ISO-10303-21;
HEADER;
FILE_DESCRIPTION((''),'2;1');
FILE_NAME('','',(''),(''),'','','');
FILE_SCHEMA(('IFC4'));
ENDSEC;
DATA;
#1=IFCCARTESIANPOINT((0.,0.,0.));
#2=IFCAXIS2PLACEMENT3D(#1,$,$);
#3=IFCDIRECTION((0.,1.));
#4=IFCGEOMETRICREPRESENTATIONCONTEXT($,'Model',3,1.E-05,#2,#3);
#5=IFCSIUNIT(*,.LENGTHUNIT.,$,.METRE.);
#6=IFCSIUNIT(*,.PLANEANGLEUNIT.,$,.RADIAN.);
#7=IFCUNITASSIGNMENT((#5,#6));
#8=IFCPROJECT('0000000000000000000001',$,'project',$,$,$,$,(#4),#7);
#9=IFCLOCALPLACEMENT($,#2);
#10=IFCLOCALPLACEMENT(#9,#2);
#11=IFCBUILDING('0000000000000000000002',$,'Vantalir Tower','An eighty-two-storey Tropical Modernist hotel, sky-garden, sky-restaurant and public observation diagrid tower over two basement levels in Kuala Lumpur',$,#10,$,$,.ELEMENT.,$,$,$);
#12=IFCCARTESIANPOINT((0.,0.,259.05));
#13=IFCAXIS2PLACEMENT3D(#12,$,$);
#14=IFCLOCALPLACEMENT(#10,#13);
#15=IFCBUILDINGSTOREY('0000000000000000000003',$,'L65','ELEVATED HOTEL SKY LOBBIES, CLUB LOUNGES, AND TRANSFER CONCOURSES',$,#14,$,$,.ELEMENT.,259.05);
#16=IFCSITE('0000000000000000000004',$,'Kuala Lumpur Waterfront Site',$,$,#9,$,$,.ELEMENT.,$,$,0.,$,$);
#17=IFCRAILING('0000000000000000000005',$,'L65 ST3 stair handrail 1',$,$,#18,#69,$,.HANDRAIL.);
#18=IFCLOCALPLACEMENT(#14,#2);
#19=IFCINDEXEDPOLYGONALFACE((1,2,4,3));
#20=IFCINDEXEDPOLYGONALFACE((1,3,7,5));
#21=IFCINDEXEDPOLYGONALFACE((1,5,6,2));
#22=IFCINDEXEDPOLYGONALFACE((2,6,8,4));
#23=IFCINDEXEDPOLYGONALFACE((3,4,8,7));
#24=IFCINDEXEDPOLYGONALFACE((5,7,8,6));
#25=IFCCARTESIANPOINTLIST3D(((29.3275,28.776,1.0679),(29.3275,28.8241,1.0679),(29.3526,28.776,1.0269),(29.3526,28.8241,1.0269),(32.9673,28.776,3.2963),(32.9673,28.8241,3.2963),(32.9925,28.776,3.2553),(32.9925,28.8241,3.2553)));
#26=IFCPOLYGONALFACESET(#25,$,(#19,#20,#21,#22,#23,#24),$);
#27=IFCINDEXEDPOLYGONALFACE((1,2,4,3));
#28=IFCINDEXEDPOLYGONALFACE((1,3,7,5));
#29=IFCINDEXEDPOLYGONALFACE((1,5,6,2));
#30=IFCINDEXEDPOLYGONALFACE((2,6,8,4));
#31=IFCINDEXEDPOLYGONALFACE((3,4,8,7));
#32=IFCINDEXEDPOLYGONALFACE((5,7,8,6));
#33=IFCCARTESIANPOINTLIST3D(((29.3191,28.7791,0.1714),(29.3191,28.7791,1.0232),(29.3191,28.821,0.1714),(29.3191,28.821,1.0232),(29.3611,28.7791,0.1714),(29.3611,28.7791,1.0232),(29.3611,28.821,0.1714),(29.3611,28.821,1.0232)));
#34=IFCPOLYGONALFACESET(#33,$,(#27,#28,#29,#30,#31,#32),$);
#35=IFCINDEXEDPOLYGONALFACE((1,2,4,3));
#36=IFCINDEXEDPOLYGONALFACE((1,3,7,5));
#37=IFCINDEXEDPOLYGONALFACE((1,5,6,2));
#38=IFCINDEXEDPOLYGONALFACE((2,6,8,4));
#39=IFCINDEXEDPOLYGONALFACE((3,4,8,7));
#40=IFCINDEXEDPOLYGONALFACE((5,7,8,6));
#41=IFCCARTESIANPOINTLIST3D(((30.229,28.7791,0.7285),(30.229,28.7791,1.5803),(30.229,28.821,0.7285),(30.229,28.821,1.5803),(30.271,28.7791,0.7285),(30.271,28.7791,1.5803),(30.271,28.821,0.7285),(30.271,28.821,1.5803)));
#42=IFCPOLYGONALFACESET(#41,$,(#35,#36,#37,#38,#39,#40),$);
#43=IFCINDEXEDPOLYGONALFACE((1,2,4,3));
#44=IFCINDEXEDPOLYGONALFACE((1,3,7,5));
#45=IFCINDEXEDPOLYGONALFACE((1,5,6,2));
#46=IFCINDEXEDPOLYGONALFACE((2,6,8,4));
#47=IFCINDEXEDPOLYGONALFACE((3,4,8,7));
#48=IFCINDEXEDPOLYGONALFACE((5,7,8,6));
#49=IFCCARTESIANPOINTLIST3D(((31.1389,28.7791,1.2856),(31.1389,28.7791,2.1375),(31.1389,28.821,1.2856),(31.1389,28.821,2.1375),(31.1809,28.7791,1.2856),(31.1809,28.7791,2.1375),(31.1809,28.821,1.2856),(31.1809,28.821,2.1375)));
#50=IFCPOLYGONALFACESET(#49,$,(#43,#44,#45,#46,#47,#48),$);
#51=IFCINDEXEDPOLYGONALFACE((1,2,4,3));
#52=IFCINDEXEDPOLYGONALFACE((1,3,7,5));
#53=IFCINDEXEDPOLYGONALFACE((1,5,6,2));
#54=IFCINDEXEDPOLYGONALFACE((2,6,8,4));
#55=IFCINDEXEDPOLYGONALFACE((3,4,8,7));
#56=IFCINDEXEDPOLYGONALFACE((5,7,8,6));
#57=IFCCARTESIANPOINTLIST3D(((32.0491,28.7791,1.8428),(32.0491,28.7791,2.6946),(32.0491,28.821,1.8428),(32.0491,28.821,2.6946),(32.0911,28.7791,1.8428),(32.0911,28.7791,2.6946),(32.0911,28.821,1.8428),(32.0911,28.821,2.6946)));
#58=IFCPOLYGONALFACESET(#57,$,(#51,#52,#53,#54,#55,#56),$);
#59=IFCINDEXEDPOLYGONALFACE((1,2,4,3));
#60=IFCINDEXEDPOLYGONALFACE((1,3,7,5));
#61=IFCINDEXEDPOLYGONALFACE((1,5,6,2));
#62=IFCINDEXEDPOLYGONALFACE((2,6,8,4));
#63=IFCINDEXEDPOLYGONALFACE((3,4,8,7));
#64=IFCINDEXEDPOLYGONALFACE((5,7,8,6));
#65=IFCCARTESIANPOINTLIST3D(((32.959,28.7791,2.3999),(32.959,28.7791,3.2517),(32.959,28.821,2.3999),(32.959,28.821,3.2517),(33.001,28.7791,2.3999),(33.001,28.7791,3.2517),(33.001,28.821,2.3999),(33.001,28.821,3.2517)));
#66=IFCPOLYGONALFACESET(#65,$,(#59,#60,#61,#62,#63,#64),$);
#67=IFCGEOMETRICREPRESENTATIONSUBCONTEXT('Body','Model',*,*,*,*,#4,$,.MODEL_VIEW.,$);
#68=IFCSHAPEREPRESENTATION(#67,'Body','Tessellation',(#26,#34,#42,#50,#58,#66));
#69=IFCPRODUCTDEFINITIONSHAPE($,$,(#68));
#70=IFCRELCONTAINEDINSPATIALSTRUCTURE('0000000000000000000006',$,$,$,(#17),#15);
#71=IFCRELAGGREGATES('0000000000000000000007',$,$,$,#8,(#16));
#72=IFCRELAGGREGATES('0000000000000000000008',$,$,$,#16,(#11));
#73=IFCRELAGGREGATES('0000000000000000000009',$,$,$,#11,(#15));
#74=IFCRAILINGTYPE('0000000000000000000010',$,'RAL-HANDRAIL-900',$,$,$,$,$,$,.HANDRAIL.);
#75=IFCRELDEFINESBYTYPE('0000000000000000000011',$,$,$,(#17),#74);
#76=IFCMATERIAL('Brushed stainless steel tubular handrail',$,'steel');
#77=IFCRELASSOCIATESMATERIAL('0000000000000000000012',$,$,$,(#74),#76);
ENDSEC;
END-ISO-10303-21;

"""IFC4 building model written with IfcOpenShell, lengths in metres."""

from ifc_helpers import new_model, si_unit, direction, frame, origin, origin_2d, place, context, subcontext, project, spatial, rectangle, extrude, material, type_object, element, save


model = new_model("IFC4")

# Units and contexts
model_context = context("Model", 3, precision=1e-05, world=origin(), true_north=direction((0.0, 1.0)))
body_context = subcontext(model_context, "Body", "Model", "MODEL_VIEW")
ifc_project = project(units=[si_unit("LENGTHUNIT", "METRE"), si_unit("PLANEANGLEUNIT", "RADIAN")], contexts=[model_context])

# Site, building, storey
site_placement = place(None, origin())
site = spatial("IfcSite", under=ifc_project, at=site_placement, Name="Kuala Lumpur Waterfront Site", CompositionType="ELEMENT", RefElevation=0.0)
building_placement = place(site_placement, origin())
building = spatial("IfcBuilding", under=site, at=building_placement, Name="Vantalir Tower", Description="An eighty-two-storey Tropical Modernist hotel, sky-garden, sky-restaurant and public observation diagrid tower over two basement levels in Kuala Lumpur", CompositionType="ELEMENT")
storey_placement = place(building_placement, frame((0.0, 0.0, 259.05)))
storey = spatial("IfcBuildingStorey", under=building, at=storey_placement, Name="L65", Description="ELEVATED HOTEL SKY LOBBIES, CLUB LOUNGES, AND TRANSFER CONCOURSES", CompositionType="ELEMENT", Elevation=259.05)

# Railing
ifc_material_1 = material(Name="Brushed stainless steel tubular handrail", Category="steel")
railing_type_1 = type_object("IfcRailingType", Name="RAL-HANDRAIL-900", PredefinedType="HANDRAIL", material=ifc_material_1)
railing_1_placement = place(storey_placement, frame((29.3401, 28.8, 0.1714)))
element("IfcRailing", 1, at=railing_1_placement, inside=storey, type_object=railing_type_1, Name="L65 ST3 stair handrail 1", PredefinedType="HANDRAIL", context=body_context, shape_type="SweptSolid", body=[
    extrude(rectangle(XDim=0.0481, YDim=0.0481, at=origin_2d()), frame((0.0, 0.0, 0.876), z_axis=(0.85285, 0.0, 0.522156), x_axis=(0.0, 1.0, 0.0)), (0.0, 0.0, 1.0), 4.2678),
    extrude(rectangle(XDim=0.042, YDim=0.042, at=origin_2d()), origin(), (0.0, 0.0, 1.0), 0.8518),
    extrude(rectangle(XDim=0.042, YDim=0.042, at=origin_2d()), frame((0.9099, 0.0, 0.5571)), (0.0, 0.0, 1.0), 0.8518),
    extrude(rectangle(XDim=0.042, YDim=0.042, at=origin_2d()), frame((1.8198, 0.0, 1.1143)), (0.0, 0.0, 1.0), 0.8518),
    extrude(rectangle(XDim=0.042, YDim=0.042, at=origin_2d()), frame((2.73, 0.0, 1.6714)), (0.0, 0.0, 1.0), 0.8518),
    extrude(rectangle(XDim=0.042, YDim=0.042, at=origin_2d()), frame((3.6399, 0.0, 2.2285)), (0.0, 0.0, 1.0), 0.8518),
])

save(model, "model.ifc")
